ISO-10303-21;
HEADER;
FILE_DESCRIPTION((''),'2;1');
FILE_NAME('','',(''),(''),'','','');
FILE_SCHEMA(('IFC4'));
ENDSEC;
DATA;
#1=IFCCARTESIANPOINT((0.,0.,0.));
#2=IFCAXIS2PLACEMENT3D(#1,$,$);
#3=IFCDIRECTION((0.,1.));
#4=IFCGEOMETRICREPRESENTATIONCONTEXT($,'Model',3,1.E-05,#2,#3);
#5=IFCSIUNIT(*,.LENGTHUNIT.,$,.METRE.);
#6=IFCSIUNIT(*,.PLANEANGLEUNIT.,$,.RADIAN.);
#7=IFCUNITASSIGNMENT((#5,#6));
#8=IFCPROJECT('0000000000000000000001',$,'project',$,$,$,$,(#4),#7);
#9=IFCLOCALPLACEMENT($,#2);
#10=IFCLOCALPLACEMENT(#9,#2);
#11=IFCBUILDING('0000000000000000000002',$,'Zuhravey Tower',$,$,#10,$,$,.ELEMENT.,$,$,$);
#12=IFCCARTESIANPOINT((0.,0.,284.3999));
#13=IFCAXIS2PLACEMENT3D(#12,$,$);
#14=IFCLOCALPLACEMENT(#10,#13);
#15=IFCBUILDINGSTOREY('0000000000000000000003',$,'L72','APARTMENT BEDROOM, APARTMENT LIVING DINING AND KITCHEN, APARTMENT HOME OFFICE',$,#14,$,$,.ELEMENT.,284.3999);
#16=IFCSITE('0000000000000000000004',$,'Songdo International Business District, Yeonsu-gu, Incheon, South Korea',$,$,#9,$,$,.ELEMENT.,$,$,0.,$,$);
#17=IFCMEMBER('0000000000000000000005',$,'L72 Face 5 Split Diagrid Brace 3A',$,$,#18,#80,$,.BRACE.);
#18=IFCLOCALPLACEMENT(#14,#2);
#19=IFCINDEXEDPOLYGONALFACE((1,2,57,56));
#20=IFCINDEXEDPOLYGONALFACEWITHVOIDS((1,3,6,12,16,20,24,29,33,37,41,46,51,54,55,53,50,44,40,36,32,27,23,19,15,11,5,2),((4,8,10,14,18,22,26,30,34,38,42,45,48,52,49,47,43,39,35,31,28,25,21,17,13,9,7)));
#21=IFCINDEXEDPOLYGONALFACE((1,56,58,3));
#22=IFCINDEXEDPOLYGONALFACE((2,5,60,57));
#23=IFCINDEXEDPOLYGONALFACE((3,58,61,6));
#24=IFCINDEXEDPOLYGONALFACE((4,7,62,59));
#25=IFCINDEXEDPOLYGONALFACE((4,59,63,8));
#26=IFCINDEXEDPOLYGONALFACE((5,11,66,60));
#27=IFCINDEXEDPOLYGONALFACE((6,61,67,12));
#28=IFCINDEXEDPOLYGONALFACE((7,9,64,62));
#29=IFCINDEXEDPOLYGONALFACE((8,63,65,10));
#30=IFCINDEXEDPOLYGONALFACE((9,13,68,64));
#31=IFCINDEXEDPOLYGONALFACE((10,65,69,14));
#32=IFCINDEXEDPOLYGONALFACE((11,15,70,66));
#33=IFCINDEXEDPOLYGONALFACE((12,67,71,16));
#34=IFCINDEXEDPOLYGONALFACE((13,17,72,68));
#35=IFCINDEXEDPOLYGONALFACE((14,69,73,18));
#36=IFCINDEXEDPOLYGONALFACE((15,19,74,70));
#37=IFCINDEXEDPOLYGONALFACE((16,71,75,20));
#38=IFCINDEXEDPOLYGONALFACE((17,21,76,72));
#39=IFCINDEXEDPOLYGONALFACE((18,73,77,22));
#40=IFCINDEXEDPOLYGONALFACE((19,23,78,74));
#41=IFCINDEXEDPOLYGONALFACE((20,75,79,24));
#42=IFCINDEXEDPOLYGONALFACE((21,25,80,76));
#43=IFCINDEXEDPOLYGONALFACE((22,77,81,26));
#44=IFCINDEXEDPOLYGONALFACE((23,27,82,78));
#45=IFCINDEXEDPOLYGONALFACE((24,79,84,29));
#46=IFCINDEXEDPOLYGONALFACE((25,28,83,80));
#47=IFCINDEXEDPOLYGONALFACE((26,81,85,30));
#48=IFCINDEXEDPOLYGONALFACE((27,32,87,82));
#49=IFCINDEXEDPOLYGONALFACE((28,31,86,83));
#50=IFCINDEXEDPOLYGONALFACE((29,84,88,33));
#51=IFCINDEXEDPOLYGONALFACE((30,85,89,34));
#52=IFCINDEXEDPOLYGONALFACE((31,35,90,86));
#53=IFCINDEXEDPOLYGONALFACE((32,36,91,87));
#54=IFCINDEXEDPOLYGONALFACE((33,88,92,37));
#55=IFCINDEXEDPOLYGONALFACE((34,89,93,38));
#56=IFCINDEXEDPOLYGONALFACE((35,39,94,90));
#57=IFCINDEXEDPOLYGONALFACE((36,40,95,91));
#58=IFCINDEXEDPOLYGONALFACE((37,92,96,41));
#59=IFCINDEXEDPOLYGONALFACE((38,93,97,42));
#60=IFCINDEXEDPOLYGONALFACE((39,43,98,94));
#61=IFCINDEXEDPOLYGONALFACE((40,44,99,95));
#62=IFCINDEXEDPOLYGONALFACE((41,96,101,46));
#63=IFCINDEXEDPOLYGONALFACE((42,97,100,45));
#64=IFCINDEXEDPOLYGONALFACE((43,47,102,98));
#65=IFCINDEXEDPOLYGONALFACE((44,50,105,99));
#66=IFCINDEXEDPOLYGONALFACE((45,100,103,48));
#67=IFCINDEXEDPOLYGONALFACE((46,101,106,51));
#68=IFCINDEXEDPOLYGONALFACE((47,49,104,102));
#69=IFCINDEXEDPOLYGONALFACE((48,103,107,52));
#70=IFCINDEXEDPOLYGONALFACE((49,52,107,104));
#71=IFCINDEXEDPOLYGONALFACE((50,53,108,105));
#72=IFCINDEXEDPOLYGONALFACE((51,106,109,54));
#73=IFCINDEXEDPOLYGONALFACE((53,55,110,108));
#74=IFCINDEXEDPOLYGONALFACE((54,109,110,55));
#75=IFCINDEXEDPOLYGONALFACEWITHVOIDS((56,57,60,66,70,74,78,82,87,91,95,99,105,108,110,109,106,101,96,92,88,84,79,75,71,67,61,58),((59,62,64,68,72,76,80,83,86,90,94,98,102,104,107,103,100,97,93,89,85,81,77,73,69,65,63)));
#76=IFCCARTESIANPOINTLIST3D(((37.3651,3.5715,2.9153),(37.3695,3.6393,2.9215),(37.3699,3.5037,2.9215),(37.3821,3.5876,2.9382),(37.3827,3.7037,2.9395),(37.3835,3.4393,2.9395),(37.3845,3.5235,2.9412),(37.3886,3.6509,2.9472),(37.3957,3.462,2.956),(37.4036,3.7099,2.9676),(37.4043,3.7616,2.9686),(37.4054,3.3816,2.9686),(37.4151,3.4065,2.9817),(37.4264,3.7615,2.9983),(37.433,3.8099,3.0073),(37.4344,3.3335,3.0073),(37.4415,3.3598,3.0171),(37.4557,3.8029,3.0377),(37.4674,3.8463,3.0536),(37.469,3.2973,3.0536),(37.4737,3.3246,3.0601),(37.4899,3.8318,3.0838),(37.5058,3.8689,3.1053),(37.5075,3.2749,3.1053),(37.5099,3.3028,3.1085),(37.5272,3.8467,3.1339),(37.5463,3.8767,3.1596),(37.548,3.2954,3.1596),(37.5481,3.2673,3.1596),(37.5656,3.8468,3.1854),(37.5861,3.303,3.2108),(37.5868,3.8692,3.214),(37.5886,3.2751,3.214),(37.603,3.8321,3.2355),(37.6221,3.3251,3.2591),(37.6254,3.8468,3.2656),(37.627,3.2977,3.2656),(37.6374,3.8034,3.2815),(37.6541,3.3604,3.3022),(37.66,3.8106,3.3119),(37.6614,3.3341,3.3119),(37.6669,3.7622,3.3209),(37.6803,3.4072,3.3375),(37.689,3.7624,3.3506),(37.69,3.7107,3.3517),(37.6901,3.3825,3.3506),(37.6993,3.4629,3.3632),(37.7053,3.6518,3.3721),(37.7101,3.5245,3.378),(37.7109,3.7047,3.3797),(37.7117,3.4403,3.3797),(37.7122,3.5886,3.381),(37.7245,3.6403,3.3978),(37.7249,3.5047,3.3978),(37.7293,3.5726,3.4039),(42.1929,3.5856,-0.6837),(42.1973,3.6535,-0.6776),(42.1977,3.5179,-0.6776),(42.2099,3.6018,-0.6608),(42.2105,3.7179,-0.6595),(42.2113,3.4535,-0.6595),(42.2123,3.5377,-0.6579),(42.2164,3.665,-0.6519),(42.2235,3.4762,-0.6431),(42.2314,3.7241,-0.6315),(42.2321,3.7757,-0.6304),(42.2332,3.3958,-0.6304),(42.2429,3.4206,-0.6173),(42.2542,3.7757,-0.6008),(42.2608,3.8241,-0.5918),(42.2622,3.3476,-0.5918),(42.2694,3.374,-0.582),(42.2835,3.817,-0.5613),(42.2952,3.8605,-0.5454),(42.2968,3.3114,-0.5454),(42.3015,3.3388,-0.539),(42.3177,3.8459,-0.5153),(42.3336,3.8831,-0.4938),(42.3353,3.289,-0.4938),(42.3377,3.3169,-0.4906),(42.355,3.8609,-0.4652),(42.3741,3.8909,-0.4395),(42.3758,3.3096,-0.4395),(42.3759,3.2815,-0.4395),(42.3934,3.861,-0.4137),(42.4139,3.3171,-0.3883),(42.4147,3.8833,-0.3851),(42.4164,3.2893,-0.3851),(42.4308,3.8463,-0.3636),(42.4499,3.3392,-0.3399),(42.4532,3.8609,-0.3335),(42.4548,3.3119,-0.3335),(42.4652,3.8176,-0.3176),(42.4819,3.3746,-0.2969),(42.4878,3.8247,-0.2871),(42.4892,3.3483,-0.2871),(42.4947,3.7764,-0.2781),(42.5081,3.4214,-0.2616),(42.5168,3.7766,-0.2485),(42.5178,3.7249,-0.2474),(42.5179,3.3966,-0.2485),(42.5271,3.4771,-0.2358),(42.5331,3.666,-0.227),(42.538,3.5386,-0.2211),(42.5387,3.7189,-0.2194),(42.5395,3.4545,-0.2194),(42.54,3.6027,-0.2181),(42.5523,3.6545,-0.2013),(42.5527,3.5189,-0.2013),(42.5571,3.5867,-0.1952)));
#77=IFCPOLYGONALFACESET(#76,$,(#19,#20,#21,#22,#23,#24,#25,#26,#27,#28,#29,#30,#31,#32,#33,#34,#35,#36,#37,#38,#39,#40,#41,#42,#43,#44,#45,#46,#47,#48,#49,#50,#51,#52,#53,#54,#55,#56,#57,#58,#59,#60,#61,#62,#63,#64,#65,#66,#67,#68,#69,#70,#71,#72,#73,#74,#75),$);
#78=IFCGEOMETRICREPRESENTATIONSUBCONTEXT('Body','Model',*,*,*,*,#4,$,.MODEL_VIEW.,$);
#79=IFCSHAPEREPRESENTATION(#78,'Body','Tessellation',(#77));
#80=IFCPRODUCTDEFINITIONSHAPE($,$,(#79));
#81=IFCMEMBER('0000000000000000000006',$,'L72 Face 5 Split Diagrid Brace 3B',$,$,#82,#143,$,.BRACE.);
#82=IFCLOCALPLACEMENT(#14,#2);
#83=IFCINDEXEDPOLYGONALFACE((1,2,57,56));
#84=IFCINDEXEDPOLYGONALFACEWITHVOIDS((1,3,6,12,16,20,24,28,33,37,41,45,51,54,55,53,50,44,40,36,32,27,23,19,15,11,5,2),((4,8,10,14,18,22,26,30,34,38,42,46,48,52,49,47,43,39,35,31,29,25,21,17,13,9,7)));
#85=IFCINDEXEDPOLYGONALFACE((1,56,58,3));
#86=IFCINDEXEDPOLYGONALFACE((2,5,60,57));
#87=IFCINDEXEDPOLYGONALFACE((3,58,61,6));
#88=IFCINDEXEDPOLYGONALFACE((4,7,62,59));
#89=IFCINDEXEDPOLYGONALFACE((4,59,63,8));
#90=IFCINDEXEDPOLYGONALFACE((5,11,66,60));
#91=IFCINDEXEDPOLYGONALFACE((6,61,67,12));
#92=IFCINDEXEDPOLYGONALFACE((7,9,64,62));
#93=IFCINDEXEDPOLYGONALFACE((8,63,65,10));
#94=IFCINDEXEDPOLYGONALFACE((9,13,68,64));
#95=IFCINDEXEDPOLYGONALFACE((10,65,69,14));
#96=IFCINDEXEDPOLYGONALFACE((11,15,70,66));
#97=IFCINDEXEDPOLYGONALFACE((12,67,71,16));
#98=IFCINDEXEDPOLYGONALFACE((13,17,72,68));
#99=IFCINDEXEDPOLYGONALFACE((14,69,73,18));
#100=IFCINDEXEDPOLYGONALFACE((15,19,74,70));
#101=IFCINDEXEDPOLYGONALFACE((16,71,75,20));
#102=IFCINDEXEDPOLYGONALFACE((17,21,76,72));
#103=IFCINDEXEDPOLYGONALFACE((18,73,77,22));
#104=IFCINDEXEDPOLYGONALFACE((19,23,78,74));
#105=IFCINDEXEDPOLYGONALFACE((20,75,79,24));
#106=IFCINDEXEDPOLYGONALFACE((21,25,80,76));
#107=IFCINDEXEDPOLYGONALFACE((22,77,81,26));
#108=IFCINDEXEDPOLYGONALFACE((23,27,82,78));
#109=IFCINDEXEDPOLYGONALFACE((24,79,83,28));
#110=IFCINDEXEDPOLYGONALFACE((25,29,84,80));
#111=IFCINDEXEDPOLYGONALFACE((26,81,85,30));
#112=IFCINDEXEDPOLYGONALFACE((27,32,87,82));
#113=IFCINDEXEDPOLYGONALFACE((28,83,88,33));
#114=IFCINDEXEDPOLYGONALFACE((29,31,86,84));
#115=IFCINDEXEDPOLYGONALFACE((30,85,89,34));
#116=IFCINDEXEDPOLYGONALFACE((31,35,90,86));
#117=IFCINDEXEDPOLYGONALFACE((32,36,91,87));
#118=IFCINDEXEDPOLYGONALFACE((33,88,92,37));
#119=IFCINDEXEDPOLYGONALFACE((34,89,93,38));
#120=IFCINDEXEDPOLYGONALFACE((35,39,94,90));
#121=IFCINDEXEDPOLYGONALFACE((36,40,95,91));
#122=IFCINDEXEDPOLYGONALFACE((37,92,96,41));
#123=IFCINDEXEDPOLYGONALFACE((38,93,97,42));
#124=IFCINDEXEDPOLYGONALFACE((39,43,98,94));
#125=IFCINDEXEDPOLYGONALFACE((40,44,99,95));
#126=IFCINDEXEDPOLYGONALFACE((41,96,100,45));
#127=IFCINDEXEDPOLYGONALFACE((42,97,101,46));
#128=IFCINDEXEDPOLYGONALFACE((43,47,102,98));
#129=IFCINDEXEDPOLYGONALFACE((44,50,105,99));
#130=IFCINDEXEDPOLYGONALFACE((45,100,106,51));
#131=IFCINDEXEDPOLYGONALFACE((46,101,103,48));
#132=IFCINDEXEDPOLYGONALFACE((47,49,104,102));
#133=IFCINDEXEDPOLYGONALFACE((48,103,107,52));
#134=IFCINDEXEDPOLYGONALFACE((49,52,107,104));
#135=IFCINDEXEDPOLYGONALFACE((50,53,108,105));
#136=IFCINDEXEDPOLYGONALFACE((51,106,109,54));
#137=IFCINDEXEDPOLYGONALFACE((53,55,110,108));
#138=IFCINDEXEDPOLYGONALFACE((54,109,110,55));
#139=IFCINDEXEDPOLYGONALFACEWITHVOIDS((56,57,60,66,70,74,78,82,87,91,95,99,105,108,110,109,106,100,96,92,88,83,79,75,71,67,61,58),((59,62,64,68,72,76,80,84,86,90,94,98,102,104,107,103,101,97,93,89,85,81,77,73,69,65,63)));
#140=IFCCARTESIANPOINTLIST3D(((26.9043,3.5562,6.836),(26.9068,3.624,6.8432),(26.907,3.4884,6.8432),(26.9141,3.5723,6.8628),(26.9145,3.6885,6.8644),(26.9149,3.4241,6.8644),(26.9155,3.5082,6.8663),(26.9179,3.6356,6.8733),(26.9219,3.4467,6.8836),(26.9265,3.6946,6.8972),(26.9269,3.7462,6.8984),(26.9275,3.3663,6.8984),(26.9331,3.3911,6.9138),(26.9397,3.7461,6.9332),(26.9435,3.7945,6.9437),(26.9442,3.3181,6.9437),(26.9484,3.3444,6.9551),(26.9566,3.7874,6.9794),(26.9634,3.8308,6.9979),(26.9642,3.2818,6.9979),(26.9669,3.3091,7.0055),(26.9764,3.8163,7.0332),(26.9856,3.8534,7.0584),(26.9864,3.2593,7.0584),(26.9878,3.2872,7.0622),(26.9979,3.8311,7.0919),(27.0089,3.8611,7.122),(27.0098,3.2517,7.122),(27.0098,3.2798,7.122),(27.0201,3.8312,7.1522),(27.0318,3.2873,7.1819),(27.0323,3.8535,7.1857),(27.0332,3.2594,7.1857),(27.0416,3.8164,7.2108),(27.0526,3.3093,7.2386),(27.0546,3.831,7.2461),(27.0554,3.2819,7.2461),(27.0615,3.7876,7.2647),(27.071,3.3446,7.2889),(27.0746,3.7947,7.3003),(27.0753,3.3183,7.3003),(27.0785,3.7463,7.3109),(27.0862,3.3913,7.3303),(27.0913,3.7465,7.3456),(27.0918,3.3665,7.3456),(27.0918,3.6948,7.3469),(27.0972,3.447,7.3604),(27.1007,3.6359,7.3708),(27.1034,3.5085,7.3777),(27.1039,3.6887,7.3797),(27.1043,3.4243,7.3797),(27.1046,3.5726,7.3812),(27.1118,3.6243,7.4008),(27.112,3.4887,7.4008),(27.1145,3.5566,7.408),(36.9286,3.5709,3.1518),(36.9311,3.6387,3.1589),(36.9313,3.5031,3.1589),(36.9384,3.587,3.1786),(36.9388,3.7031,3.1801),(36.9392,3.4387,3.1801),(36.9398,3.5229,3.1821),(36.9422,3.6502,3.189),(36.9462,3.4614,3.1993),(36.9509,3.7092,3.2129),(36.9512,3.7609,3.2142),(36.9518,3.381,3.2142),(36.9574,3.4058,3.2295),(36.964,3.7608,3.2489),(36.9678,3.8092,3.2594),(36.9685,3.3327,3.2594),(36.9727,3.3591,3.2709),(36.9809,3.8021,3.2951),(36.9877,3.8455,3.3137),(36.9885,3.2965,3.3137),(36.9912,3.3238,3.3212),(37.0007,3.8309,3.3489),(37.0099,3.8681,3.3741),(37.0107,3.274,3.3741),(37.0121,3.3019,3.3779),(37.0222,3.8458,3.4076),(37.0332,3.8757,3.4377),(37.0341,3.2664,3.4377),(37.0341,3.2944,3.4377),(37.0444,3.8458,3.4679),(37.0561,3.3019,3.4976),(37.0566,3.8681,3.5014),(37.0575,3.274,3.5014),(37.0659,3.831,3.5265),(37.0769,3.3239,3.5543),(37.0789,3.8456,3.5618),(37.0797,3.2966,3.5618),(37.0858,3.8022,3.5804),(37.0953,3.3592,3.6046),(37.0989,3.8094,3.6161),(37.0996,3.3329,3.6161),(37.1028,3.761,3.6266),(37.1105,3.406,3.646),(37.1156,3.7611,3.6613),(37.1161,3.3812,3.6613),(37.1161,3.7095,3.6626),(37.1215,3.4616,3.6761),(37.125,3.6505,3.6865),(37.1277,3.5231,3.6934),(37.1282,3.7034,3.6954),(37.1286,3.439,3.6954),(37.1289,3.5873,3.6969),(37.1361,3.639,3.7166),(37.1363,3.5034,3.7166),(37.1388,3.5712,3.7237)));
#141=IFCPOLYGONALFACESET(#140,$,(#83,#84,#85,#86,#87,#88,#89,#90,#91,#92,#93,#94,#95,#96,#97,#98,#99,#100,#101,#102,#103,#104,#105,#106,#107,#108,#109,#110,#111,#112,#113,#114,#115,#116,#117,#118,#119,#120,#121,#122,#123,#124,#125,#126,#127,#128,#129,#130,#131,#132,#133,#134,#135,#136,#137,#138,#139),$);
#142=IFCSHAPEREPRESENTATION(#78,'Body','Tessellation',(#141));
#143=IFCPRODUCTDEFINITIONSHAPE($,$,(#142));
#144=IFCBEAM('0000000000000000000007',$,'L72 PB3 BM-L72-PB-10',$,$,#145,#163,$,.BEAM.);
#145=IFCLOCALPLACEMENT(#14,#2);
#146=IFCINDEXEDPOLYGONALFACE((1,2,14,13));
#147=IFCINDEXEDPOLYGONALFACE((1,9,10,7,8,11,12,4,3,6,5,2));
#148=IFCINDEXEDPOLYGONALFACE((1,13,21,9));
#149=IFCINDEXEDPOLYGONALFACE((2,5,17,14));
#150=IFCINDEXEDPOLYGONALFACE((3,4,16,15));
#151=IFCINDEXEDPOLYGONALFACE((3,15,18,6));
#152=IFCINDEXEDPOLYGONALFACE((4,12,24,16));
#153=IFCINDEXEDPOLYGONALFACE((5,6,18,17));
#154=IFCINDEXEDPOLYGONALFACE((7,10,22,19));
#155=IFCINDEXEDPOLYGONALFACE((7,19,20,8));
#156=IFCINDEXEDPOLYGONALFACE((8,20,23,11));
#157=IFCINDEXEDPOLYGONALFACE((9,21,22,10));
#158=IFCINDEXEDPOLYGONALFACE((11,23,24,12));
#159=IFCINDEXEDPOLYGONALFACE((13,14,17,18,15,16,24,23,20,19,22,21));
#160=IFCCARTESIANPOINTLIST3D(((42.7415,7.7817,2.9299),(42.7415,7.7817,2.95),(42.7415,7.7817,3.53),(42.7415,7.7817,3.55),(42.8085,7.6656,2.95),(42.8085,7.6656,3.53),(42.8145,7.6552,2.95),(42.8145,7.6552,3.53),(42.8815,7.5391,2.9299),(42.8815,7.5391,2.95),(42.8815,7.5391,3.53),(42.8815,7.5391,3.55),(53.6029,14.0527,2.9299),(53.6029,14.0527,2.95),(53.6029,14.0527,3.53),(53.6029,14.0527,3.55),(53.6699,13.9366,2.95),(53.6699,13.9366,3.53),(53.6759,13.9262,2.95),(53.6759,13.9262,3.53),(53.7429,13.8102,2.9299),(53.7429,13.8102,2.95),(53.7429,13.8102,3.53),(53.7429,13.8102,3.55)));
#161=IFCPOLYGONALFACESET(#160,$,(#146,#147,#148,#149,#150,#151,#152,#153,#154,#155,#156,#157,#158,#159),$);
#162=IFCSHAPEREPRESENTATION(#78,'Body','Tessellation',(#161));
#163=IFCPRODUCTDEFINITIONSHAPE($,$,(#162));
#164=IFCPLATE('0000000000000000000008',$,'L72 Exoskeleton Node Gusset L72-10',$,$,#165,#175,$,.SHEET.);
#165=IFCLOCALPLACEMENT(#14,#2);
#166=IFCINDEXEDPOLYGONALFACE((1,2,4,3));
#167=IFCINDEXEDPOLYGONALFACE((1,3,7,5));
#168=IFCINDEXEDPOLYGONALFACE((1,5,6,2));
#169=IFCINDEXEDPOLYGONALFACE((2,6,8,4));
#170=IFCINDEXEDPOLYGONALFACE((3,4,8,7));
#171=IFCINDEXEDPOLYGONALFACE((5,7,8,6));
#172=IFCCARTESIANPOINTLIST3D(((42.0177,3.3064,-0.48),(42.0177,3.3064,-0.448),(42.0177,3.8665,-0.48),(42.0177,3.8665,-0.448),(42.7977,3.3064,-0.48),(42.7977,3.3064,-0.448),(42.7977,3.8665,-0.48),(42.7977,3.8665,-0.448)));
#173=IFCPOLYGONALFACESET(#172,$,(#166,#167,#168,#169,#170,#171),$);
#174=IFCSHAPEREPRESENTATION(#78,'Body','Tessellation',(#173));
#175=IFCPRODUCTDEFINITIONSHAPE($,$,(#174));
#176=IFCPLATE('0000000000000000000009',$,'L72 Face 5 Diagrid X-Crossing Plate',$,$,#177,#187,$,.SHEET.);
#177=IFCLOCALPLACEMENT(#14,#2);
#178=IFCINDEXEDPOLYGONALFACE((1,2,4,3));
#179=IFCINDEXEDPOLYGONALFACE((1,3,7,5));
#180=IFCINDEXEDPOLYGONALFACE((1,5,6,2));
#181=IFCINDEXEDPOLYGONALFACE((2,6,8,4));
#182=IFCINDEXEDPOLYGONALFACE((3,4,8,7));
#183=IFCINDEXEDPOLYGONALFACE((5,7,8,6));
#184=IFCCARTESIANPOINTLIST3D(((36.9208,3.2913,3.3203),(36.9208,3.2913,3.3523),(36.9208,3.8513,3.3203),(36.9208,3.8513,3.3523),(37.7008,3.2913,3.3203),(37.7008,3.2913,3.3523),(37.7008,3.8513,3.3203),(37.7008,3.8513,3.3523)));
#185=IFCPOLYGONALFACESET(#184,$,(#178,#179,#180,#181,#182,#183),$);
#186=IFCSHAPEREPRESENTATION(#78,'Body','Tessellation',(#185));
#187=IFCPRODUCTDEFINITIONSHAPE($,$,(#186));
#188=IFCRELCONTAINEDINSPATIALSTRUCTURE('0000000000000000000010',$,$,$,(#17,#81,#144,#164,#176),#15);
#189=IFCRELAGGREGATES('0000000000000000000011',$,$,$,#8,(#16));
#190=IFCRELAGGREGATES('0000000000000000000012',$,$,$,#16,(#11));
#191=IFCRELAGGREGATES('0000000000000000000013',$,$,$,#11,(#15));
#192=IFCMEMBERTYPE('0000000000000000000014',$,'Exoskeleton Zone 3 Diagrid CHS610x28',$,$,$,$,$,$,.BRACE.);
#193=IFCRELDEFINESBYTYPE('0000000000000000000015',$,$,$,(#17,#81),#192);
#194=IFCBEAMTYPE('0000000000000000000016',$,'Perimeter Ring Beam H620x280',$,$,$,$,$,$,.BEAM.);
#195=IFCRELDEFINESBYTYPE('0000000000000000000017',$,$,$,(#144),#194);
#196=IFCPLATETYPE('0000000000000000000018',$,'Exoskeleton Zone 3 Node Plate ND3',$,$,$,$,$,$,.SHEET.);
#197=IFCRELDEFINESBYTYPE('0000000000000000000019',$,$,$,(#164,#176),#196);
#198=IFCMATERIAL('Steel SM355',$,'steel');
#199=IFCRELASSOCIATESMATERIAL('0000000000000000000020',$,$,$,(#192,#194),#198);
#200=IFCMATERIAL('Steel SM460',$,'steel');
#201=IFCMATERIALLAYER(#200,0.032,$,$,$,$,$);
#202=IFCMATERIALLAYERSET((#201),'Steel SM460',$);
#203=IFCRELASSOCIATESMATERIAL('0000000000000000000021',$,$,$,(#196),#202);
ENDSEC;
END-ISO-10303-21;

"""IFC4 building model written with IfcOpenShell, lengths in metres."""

from ifc_helpers import new_model, si_unit, direction, frame, origin, origin_2d, place, context, subcontext, project, spatial, rectangle, hollow_circle, i_section, extrude, material, layer, layer_set, material_profile, profile_set, type_object, element, save


model = new_model("IFC4")

# Units and contexts
model_context = context("Model", 3, precision=1e-05, world=origin(), true_north=direction((0.0, 1.0)))
body_context = subcontext(model_context, "Body", "Model", "MODEL_VIEW")
ifc_project = project(units=[si_unit("LENGTHUNIT", "METRE"), si_unit("PLANEANGLEUNIT", "RADIAN")], contexts=[model_context])

# Site, building, storey
site_placement = place(None, origin())
site = spatial("IfcSite", under=ifc_project, at=site_placement, Name="Songdo International Business District, Yeonsu-gu, Incheon, South Korea", CompositionType="ELEMENT", RefElevation=0.0)
building_placement = place(site_placement, origin())
building = spatial("IfcBuilding", under=site, at=building_placement, Name="Zuhravey Tower", CompositionType="ELEMENT")
storey_placement = place(building_placement, frame((0.0, 0.0, 284.3999)))
storey = spatial("IfcBuildingStorey", under=building, at=storey_placement, Name="L72", Description="APARTMENT BEDROOM, APARTMENT LIVING DINING AND KITCHEN, APARTMENT HOME OFFICE", CompositionType="ELEMENT", Elevation=284.3999)

# Members
ifc_material_1 = material(Name="Steel SM355", Category="steel")
ifc_material_profile_1 = material_profile(ifc_material_1, hollow_circle(Radius=0.3047, WallThickness=0.0281, at=origin_2d()), Name="CHS-609.6x28")
ifc_profile_set_1 = profile_set([ifc_material_profile_1], Name="Steel SM355")
member_type_1 = type_object("IfcMemberType", Name="Exoskeleton Zone 3 Diagrid CHS610x28", PredefinedType="BRACE", material=ifc_profile_set_1)
member_1_placement = place(storey_placement, frame((42.375, 3.5862, -0.4395), z_axis=(-0.801731, -0.002351, 0.59768), x_axis=(0.002933, -0.999996, 0.0)))
element("IfcMember", 1, at=member_1_placement, inside=storey, type_object=member_type_1, Name="L72 Face 5 Split Diagrid Brace 3A", PredefinedType="BRACE", context=body_context, shape_type="SweptSolid", body=[
    extrude(hollow_circle(Radius=0.3047, WallThickness=0.0281, at=origin_2d()), origin(), (0.0, 0.0, 1.0), 6.0217),
])
member_2_placement = place(storey_placement, frame((37.0337, 3.571, 3.4377), z_axis=(-0.938612, -0.001372, 0.344973), x_axis=(0.001461, -0.999999, 0.0)))
element("IfcMember", 2, at=member_2_placement, inside=storey, type_object=member_type_1, Name="L72 Face 5 Split Diagrid Brace 3B", PredefinedType="BRACE", context=body_context, shape_type="SweptSolid", body=[
    extrude(hollow_circle(Radius=0.3047, WallThickness=0.0281, at=origin_2d()), origin(), (0.0, 0.0, 1.0), 10.6799),
])

# Beam
ifc_material_profile_2 = material_profile(ifc_material_1, i_section(OverallWidth=0.28, OverallDepth=0.6201, WebThickness=0.012, FlangeThickness=0.02, at=origin_2d()), Name="H-620x280x12x20")
ifc_profile_set_2 = profile_set([ifc_material_profile_2], Name="Steel SM355")
beam_type = type_object("IfcBeamType", Name="Perimeter Ring Beam H620x280", PredefinedType="BEAM", material=ifc_profile_set_2)
beam_placement = place(storey_placement, frame((42.8115, 7.6604, 3.24), z_axis=(0.866018, 0.500012, 0.0), x_axis=(-0.500012, 0.866018, 0.0)))
element("IfcBeam", 3, at=beam_placement, inside=storey, type_object=beam_type, Name="L72 PB3 BM-L72-PB-10", PredefinedType="BEAM", context=body_context, shape_type="SweptSolid", body=[
    extrude(i_section(OverallWidth=0.28, OverallDepth=0.6201, WebThickness=0.012, FlangeThickness=0.02, at=origin_2d()), origin(), (0.0, 0.0, 1.0), 12.5417),
])

# Plates
ifc_material_2 = material(Name="Steel SM460", Category="steel")
ifc_layer_1 = layer(ifc_material_2, 0.032)
ifc_layer_set_1 = layer_set([ifc_layer_1], Name="Steel SM460")
plate_type_1 = type_object("IfcPlateType", Name="Exoskeleton Zone 3 Node Plate ND3", PredefinedType="SHEET", material=ifc_layer_set_1)
for number, where, z_axis, x_axis, name in (
    (4, (42.4077, 3.5864, -0.48), (0.0, 0.0, 1.0), (1.0, 0.0, 0.0), "L72 Exoskeleton Node Gusset L72-10"),
    (5, (37.3108, 3.5713, 3.3203), (0.0, 0.0, 1.0), (1.0, 0.0, 0.0), "L72 Face 5 Diagrid X-Crossing Plate"),
):
    element("IfcPlate", number, at=place(storey_placement, frame(where, z_axis=z_axis, x_axis=x_axis)), inside=storey, type_object=plate_type_1, Name=name, PredefinedType="SHEET", context=body_context, shape_type="SweptSolid", body=[
        extrude(rectangle(XDim=0.78, YDim=0.5601, at=origin_2d()), origin(), (0.0, 0.0, 1.0), 0.032),
    ])

save(model, "model.ifc")
